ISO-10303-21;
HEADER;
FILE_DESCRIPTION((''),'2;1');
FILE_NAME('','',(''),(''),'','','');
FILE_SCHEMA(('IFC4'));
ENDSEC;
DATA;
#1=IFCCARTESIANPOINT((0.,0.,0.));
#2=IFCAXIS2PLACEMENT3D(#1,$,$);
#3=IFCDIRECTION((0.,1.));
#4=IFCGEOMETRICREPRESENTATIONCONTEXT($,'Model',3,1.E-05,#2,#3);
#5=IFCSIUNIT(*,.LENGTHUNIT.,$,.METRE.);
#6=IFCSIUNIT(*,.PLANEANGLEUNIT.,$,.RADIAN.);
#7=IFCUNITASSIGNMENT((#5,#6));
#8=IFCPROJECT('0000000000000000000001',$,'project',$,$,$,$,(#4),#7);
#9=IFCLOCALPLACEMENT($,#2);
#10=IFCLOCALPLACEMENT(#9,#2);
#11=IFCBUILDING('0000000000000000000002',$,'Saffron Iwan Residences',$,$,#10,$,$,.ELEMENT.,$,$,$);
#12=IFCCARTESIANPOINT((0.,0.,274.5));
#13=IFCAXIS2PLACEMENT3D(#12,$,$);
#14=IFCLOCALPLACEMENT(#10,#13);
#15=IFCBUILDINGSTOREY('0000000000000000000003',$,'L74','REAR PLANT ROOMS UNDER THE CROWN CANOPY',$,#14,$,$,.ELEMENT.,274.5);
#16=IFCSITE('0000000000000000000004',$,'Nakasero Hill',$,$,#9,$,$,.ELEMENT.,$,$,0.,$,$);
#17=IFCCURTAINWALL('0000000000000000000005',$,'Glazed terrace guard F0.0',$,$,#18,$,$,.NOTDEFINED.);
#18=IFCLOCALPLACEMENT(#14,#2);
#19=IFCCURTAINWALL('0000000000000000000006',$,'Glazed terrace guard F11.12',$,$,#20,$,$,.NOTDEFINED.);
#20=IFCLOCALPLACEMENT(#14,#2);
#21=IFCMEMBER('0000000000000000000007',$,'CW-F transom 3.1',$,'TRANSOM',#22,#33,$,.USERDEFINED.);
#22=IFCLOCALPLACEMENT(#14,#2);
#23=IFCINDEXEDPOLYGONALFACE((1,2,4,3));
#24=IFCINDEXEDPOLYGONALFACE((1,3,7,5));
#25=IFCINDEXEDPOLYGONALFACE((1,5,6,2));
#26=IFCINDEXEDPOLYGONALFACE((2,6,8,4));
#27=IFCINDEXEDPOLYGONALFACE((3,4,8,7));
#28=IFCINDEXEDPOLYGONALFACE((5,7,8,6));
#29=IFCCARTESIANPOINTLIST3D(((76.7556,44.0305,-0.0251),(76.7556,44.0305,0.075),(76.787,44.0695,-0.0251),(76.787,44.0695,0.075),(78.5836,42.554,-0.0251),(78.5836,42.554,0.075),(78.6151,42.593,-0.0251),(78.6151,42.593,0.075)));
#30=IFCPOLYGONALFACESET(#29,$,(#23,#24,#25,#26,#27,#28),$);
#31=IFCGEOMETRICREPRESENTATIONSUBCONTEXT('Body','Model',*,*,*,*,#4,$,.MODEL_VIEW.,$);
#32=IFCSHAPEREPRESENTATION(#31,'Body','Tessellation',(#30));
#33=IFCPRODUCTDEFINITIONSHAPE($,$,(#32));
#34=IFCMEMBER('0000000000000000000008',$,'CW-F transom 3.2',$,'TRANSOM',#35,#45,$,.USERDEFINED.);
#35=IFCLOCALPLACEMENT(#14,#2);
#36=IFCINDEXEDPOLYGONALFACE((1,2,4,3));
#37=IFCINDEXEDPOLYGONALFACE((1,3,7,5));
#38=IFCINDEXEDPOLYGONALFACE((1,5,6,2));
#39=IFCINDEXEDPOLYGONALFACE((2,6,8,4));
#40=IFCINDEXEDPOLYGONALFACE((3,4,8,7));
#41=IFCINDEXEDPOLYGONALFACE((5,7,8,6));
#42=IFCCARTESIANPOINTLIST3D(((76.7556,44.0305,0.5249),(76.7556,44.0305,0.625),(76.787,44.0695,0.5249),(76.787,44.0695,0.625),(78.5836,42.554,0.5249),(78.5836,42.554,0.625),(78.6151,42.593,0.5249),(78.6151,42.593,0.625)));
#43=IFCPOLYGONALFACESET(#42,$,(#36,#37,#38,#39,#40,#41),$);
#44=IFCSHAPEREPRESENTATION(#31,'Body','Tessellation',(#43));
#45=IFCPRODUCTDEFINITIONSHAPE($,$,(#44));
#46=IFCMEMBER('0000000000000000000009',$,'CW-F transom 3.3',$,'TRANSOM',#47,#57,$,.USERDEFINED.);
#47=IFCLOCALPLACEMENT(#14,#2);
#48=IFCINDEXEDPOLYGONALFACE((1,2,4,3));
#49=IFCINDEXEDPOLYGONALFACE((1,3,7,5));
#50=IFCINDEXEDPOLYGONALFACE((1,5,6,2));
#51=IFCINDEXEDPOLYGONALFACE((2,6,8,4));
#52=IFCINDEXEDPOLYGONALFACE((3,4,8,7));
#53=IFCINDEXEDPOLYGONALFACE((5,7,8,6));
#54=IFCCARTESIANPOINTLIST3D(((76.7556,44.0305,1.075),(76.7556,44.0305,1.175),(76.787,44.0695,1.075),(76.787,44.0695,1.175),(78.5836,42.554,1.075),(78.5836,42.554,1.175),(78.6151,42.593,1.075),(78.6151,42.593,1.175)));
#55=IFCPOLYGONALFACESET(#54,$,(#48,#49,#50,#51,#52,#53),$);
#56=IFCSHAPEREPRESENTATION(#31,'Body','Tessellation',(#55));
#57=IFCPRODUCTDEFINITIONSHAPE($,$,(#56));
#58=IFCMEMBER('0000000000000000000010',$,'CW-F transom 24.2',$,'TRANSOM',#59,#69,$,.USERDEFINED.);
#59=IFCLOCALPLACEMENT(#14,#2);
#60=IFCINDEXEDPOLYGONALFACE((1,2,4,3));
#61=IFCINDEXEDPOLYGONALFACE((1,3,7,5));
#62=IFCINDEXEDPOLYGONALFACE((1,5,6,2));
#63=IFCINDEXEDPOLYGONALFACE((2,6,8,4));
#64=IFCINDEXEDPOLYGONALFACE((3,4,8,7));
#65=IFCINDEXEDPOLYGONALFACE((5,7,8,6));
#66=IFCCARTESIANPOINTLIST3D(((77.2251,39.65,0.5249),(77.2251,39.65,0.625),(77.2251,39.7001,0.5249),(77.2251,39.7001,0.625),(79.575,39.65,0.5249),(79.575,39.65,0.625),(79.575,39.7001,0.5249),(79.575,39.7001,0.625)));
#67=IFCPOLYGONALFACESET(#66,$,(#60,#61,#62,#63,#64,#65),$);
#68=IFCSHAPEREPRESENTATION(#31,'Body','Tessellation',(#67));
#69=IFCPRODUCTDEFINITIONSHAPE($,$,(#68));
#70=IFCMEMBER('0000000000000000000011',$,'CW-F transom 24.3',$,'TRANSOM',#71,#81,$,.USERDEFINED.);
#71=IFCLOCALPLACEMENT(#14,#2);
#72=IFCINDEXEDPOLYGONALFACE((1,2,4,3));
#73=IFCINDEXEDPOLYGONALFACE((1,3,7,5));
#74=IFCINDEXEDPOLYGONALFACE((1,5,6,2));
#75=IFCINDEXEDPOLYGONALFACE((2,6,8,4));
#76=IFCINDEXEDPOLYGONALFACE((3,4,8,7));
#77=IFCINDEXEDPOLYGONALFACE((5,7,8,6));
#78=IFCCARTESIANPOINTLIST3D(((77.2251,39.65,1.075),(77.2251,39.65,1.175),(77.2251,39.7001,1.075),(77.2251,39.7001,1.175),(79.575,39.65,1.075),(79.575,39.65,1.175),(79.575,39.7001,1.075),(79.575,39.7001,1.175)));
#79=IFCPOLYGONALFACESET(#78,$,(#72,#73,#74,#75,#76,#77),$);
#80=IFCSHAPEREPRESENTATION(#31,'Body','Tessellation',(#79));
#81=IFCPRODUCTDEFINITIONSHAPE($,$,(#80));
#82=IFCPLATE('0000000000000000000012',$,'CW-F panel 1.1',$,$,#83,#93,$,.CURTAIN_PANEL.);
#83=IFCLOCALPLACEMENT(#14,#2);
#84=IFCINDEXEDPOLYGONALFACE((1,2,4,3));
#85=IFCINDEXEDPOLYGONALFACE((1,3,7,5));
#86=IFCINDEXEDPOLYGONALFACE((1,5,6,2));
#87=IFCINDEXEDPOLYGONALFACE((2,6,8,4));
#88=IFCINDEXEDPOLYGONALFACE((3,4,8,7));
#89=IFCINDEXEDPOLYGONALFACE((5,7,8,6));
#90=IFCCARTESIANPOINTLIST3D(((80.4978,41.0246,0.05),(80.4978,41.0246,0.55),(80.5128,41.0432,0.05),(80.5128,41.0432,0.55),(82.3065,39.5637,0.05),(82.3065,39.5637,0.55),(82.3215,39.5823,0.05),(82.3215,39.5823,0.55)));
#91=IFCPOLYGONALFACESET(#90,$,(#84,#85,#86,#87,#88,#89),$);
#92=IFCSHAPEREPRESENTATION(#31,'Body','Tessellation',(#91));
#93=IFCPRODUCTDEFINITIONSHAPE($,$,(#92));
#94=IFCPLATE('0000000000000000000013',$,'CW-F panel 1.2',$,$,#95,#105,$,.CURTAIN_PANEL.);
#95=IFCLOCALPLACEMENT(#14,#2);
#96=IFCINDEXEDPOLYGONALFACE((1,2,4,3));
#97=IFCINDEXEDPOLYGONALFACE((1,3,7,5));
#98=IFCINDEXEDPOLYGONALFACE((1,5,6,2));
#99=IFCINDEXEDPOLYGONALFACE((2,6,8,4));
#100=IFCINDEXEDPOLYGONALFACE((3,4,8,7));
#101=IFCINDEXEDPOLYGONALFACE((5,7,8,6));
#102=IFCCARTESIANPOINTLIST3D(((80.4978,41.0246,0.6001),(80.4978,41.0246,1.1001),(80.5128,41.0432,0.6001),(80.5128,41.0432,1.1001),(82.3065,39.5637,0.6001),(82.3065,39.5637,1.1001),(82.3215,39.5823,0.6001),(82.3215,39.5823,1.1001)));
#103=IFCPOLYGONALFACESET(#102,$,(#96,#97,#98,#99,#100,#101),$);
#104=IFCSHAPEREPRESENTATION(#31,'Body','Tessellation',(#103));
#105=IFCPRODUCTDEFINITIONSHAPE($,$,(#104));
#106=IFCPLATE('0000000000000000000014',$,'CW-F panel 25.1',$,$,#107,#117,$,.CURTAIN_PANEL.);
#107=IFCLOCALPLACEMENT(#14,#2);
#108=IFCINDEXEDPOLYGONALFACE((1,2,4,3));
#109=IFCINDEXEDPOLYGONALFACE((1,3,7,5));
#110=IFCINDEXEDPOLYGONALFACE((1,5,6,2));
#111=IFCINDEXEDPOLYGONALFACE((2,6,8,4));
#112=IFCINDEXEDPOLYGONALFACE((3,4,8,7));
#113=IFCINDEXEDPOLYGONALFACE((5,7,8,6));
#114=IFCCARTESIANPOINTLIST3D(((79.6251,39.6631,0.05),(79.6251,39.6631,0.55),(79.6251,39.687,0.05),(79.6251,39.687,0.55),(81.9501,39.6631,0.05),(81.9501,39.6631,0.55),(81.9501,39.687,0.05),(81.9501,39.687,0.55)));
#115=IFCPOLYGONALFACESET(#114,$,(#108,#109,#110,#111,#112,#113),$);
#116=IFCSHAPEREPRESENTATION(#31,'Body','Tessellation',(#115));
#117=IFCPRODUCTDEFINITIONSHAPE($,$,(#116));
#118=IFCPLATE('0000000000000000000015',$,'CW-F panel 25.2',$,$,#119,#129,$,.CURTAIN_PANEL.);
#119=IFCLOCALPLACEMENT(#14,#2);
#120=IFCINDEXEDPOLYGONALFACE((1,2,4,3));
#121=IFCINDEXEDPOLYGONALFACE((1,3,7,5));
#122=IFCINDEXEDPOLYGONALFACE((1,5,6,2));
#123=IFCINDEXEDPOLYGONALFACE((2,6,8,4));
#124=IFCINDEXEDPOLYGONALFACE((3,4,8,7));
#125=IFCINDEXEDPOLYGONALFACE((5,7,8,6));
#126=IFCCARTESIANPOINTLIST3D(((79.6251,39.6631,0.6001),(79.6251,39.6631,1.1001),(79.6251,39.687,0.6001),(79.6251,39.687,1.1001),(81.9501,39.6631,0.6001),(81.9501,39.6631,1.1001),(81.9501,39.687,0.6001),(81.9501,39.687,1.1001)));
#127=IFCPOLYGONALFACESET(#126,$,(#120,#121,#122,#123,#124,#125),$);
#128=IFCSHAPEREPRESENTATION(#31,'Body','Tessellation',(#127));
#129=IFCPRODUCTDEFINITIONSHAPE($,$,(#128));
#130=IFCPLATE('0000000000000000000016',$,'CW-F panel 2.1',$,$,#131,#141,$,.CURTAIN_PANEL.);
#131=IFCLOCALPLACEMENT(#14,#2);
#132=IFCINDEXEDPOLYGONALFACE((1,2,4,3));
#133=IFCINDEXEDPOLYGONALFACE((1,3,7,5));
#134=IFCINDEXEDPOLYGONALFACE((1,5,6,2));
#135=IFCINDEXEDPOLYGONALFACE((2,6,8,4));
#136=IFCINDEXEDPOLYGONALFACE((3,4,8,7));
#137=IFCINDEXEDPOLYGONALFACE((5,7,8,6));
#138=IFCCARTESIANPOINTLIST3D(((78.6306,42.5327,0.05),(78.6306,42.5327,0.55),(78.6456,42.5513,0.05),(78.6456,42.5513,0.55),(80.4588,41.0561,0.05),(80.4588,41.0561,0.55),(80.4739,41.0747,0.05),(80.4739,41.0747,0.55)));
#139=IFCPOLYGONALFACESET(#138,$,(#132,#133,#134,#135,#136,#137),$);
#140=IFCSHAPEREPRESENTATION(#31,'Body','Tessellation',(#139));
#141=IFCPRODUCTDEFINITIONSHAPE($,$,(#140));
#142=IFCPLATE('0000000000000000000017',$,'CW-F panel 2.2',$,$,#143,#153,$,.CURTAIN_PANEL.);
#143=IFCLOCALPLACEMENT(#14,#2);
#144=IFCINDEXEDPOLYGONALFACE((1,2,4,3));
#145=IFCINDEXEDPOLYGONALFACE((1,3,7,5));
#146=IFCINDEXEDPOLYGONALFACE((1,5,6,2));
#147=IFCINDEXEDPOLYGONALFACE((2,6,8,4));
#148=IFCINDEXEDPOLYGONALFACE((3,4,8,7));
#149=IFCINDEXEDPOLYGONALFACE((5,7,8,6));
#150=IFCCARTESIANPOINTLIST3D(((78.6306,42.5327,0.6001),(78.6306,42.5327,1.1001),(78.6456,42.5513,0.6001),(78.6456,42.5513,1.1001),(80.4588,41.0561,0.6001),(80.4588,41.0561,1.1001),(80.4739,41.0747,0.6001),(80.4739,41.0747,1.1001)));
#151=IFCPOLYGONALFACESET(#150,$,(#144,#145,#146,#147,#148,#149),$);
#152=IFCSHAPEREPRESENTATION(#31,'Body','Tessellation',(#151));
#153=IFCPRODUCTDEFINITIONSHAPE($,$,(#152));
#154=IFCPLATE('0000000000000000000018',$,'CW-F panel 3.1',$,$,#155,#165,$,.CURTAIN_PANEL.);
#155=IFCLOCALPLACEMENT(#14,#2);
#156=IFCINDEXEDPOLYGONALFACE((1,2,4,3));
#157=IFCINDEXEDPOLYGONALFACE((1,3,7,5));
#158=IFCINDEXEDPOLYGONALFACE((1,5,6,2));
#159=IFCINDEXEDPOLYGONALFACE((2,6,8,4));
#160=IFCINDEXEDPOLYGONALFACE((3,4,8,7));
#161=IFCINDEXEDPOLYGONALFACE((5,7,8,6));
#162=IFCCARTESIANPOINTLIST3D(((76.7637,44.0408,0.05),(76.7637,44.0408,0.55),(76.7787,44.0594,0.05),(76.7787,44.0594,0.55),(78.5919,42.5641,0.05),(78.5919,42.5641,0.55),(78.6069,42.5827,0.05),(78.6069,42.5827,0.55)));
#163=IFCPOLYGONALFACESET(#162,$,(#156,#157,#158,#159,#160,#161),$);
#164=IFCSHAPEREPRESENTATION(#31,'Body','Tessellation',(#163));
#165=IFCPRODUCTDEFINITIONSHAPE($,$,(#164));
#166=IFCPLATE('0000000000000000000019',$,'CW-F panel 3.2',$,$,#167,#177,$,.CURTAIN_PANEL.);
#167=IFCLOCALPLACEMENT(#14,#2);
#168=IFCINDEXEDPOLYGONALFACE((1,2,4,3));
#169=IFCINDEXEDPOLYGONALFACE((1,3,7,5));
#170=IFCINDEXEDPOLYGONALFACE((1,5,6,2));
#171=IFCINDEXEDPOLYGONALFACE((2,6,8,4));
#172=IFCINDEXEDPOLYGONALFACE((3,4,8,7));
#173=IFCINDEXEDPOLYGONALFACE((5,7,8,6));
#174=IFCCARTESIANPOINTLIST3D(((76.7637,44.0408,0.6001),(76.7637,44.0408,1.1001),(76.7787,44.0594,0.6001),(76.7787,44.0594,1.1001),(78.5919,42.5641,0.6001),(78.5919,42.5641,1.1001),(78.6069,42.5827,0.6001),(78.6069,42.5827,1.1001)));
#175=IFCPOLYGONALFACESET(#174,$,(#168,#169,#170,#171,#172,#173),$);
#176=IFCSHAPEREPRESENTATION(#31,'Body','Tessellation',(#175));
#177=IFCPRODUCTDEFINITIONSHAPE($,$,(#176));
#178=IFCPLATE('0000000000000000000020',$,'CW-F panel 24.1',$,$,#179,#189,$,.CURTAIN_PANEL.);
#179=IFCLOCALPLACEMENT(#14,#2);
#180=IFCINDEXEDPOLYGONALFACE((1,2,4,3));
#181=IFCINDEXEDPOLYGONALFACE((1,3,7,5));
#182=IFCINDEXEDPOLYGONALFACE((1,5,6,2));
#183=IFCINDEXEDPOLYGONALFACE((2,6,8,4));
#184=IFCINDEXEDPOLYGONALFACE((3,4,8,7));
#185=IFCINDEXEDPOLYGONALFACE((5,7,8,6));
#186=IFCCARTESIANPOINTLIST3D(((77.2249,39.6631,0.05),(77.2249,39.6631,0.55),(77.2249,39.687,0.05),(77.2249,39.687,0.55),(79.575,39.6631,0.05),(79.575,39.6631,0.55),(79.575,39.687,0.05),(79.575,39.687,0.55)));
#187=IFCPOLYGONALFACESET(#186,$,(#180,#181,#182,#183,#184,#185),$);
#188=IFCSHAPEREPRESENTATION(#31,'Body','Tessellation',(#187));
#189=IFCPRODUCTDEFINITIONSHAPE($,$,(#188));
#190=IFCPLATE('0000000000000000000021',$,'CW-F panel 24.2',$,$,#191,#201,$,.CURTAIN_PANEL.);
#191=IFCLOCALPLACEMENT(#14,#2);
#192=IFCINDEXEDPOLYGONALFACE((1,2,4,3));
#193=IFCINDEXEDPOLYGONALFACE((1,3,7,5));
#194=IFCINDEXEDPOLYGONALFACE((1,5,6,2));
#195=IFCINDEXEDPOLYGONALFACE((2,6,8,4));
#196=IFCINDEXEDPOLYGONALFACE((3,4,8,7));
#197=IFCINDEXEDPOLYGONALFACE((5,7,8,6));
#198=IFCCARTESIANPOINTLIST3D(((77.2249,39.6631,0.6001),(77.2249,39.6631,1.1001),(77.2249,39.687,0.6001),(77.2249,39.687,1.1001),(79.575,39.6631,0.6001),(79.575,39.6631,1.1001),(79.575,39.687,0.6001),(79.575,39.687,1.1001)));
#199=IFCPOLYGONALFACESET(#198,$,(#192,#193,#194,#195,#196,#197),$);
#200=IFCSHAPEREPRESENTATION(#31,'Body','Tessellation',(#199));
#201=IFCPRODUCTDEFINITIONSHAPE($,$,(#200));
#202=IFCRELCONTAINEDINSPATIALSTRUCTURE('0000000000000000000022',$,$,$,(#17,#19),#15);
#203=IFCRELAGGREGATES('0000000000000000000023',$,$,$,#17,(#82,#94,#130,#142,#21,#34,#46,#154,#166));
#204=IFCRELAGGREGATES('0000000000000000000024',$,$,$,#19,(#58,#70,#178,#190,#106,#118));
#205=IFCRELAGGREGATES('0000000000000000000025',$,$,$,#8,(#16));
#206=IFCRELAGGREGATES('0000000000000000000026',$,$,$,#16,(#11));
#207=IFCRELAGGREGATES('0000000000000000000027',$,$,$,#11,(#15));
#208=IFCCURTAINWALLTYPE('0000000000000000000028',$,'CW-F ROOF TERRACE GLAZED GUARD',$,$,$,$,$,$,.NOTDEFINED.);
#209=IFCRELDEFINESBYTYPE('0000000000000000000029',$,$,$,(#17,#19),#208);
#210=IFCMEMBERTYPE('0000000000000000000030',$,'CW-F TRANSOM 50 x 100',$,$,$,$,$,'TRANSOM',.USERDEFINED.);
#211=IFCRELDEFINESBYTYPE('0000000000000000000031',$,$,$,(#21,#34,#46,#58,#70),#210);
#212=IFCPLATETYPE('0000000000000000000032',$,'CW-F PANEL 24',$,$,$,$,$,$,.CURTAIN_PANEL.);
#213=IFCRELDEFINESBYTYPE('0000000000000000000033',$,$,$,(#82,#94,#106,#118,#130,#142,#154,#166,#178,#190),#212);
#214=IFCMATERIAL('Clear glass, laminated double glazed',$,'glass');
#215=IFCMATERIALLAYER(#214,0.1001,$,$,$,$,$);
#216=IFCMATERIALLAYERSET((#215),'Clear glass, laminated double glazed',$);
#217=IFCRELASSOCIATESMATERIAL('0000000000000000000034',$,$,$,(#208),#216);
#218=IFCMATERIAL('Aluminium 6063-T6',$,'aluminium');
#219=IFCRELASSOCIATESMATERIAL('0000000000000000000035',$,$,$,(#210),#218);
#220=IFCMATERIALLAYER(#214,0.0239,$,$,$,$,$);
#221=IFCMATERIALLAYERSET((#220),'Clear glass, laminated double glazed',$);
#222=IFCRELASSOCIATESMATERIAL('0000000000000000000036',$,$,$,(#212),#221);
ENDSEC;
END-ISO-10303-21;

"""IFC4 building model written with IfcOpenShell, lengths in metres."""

from ifc_helpers import new_model, si_unit, direction, frame, origin, origin_2d, place, context, subcontext, project, spatial, rectangle, extrude, source, transform, mapped, material, layer, layer_set, material_profile, profile_set, type_object, element, aggregate, save


model = new_model("IFC4")

# Units and contexts
model_context = context("Model", 3, precision=1e-05, world=origin(), true_north=direction((0.0, 1.0)))
body_context = subcontext(model_context, "Body", "Model", "MODEL_VIEW")
ifc_project = project(units=[si_unit("LENGTHUNIT", "METRE"), si_unit("PLANEANGLEUNIT", "RADIAN")], contexts=[model_context])

# Site, building, storey
site_placement = place(None, origin())
site = spatial("IfcSite", under=ifc_project, at=site_placement, Name="Nakasero Hill", CompositionType="ELEMENT", RefElevation=0.0)
building_placement = place(site_placement, origin())
building = spatial("IfcBuilding", under=site, at=building_placement, Name="Saffron Iwan Residences", CompositionType="ELEMENT")
storey_placement = place(building_placement, frame((0.0, 0.0, 274.5)))
storey = spatial("IfcBuildingStorey", under=building, at=storey_placement, Name="L74", Description="REAR PLANT ROOMS UNDER THE CROWN CANOPY", CompositionType="ELEMENT", Elevation=274.5)

# Curtain walls
ifc_material_1 = material(Name="Clear glass, laminated double glazed", Category="glass")
ifc_layer_1 = layer(ifc_material_1, 0.1001)
ifc_layer_set_1 = layer_set([ifc_layer_1], Name="Clear glass, laminated double glazed")
curtain_wall_type = type_object("IfcCurtainWallType", Name="CW-F ROOF TERRACE GLAZED GUARD", PredefinedType="NOTDEFINED", material=ifc_layer_set_1)
curtain_wall_1_placement = place(storey_placement, origin())
curtain_wall_1 = element("IfcCurtainWall", 1, at=curtain_wall_1_placement, inside=storey, type_object=curtain_wall_type, Name="Glazed terrace guard F0.0", PredefinedType="NOTDEFINED")
ifc_material_2 = material(Name="Aluminium 6063-T6", Category="aluminium")
curtain_wall_2_placement = place(storey_placement, origin())
curtain_wall_2 = element("IfcCurtainWall", 2, at=curtain_wall_2_placement, inside=storey, type_object=curtain_wall_type, Name="Glazed terrace guard F11.12", PredefinedType="NOTDEFINED")

# Members
ifc_material_profile_1 = material_profile(ifc_material_2, rectangle(XDim=0.05, YDim=0.1001, at=origin_2d()), Name="CW-F TRANSOM 50 x 100")
ifc_profile_set_1 = profile_set([ifc_material_profile_1], Name="Aluminium 6063-T6")
member_type_1 = type_object("IfcMemberType", Name="CW-F TRANSOM 50 x 100", ElementType="TRANSOM", PredefinedType="USERDEFINED", material=ifc_profile_set_1)
shared_shape_1 = source(origin(), body_context, "Body", "SweptSolid", [
    extrude(rectangle(XDim=0.05, YDim=0.1001, at=origin_2d()), origin(), (0.0, 0.0, 1.0), 2.3499),
])
member_1_placement = place(storey_placement, frame((78.5994, 42.5735, 0.0249), z_axis=(-0.777941, 0.628337, 0.0), x_axis=(-0.628337, -0.777941, 0.0)))
member_1 = element("IfcMember", 3, at=member_1_placement, type_object=member_type_1, Name="CW-F transom 3.1", ObjectType="TRANSOM", PredefinedType="USERDEFINED", context=body_context, shape_type="MappedRepresentation", body=[
    mapped(shared_shape_1, transform((0.0, 0.0, 0.0))),
])
member_2_placement = place(storey_placement, frame((78.5994, 42.5735, 0.575), z_axis=(-0.777941, 0.628337, 0.0), x_axis=(-0.628337, -0.777941, 0.0)))
member_2 = element("IfcMember", 4, at=member_2_placement, type_object=member_type_1, Name="CW-F transom 3.2", ObjectType="TRANSOM", PredefinedType="USERDEFINED", context=body_context, shape_type="MappedRepresentation", body=[
    mapped(shared_shape_1, transform((0.0, 0.0, 0.0))),
])
member_3_placement = place(storey_placement, frame((78.5994, 42.5735, 1.125), z_axis=(-0.777941, 0.628337, 0.0), x_axis=(-0.628337, -0.777941, 0.0)))
member_3 = element("IfcMember", 5, at=member_3_placement, type_object=member_type_1, Name="CW-F transom 3.3", ObjectType="TRANSOM", PredefinedType="USERDEFINED", context=body_context, shape_type="MappedRepresentation", body=[
    mapped(shared_shape_1, transform((0.0, 0.0, 0.0))),
])
member_4_placement = place(storey_placement, frame((77.2251, 39.675, 0.575), z_axis=(1.0, 0.0, 0.0), x_axis=(0.0, 1.0, 0.0)))
member_4 = element("IfcMember", 6, at=member_4_placement, type_object=member_type_1, Name="CW-F transom 24.2", ObjectType="TRANSOM", PredefinedType="USERDEFINED", context=body_context, shape_type="MappedRepresentation", body=[
    mapped(shared_shape_1, transform((0.0, 0.0, 0.0))),
])
member_5_placement = place(storey_placement, frame((77.2251, 39.675, 1.125), z_axis=(1.0, 0.0, 0.0), x_axis=(0.0, 1.0, 0.0)))
member_5 = element("IfcMember", 7, at=member_5_placement, type_object=member_type_1, Name="CW-F transom 24.3", ObjectType="TRANSOM", PredefinedType="USERDEFINED", context=body_context, shape_type="MappedRepresentation", body=[
    mapped(shared_shape_1, transform((0.0, 0.0, 0.0))),
])

# Plates
ifc_layer_2 = layer(ifc_material_1, 0.0239)
ifc_layer_set_2 = layer_set([ifc_layer_2], Name="Clear glass, laminated double glazed")
plate_type = type_object("IfcPlateType", Name="CW-F PANEL 24", PredefinedType="CURTAIN_PANEL", material=ifc_layer_set_2)
shared_shape_2 = source(origin(), body_context, "Body", "SweptSolid", [
    extrude(rectangle(XDim=2.325, YDim=0.0239, at=origin_2d()), origin(), (0.0, 0.0, 1.0), 0.5),
])
plate_1_placement = place(storey_placement, frame((81.4097, 40.3035, 0.05), z_axis=(0.0, 0.0, 1.0), x_axis=(-0.777941, 0.628337, 0.0)))
plate_1 = element("IfcPlate", 8, at=plate_1_placement, type_object=plate_type, Name="CW-F panel 1.1", PredefinedType="CURTAIN_PANEL", context=body_context, shape_type="MappedRepresentation", body=[
    mapped(shared_shape_2, transform((0.0, 0.0, 0.0))),
])
plate_2_placement = place(storey_placement, frame((81.4097, 40.3035, 0.6001), z_axis=(0.0, 0.0, 1.0), x_axis=(-0.777941, 0.628337, 0.0)))
plate_2 = element("IfcPlate", 9, at=plate_2_placement, type_object=plate_type, Name="CW-F panel 1.2", PredefinedType="CURTAIN_PANEL", context=body_context, shape_type="MappedRepresentation", body=[
    mapped(shared_shape_2, transform((0.0, 0.0, 0.0))),
])
plate_3_placement = place(storey_placement, frame((80.7876, 39.675, 0.05), z_axis=(0.0, 0.0, 1.0), x_axis=(1.0, 0.0, 0.0)))
plate_3 = element("IfcPlate", 10, at=plate_3_placement, type_object=plate_type, Name="CW-F panel 25.1", PredefinedType="CURTAIN_PANEL", context=body_context, shape_type="MappedRepresentation", body=[
    mapped(shared_shape_2, transform((0.0, 0.0, 0.0))),
])
plate_4_placement = place(storey_placement, frame((80.7876, 39.675, 0.6001), z_axis=(0.0, 0.0, 1.0), x_axis=(1.0, 0.0, 0.0)))
plate_4 = element("IfcPlate", 11, at=plate_4_placement, type_object=plate_type, Name="CW-F panel 25.2", PredefinedType="CURTAIN_PANEL", context=body_context, shape_type="MappedRepresentation", body=[
    mapped(shared_shape_2, transform((0.0, 0.0, 0.0))),
])
shared_shape_3 = source(origin(), body_context, "Body", "SweptSolid", [
    extrude(rectangle(XDim=2.3501, YDim=0.0239, at=origin_2d()), origin(), (0.0, 0.0, 1.0), 0.5),
])
plate_5_placement = place(storey_placement, frame((79.5522, 41.8037, 0.05), z_axis=(0.0, 0.0, 1.0), x_axis=(-0.777941, 0.628337, 0.0)))
plate_5 = element("IfcPlate", 12, at=plate_5_placement, type_object=plate_type, Name="CW-F panel 2.1", PredefinedType="CURTAIN_PANEL", context=body_context, shape_type="MappedRepresentation", body=[
    mapped(shared_shape_3, transform((0.0, 0.0, 0.0))),
])
plate_6_placement = place(storey_placement, frame((79.5522, 41.8037, 0.6001), z_axis=(0.0, 0.0, 1.0), x_axis=(-0.777941, 0.628337, 0.0)))
plate_6 = element("IfcPlate", 13, at=plate_6_placement, type_object=plate_type, Name="CW-F panel 2.2", PredefinedType="CURTAIN_PANEL", context=body_context, shape_type="MappedRepresentation", body=[
    mapped(shared_shape_3, transform((0.0, 0.0, 0.0))),
])
plate_7_placement = place(storey_placement, frame((77.6853, 43.3118, 0.05), z_axis=(0.0, 0.0, 1.0), x_axis=(-0.777941, 0.628337, 0.0)))
plate_7 = element("IfcPlate", 14, at=plate_7_placement, type_object=plate_type, Name="CW-F panel 3.1", PredefinedType="CURTAIN_PANEL", context=body_context, shape_type="MappedRepresentation", body=[
    mapped(shared_shape_3, transform((0.0, 0.0, 0.0))),
])
plate_8_placement = place(storey_placement, frame((77.6853, 43.3118, 0.6001), z_axis=(0.0, 0.0, 1.0), x_axis=(-0.777941, 0.628337, 0.0)))
plate_8 = element("IfcPlate", 15, at=plate_8_placement, type_object=plate_type, Name="CW-F panel 3.2", PredefinedType="CURTAIN_PANEL", context=body_context, shape_type="MappedRepresentation", body=[
    mapped(shared_shape_3, transform((0.0, 0.0, 0.0))),
])
aggregate(curtain_wall_1, [plate_1, plate_2, plate_5, plate_6, member_1, member_2, member_3, plate_7, plate_8])
plate_9_placement = place(storey_placement, frame((78.3999, 39.675, 0.05), z_axis=(0.0, 0.0, 1.0), x_axis=(1.0, 0.0, 0.0)))
plate_9 = element("IfcPlate", 16, at=plate_9_placement, type_object=plate_type, Name="CW-F panel 24.1", PredefinedType="CURTAIN_PANEL", context=body_context, shape_type="MappedRepresentation", body=[
    mapped(shared_shape_3, transform((0.0, 0.0, 0.0))),
])
plate_10_placement = place(storey_placement, frame((78.3999, 39.675, 0.6001), z_axis=(0.0, 0.0, 1.0), x_axis=(1.0, 0.0, 0.0)))
plate_10 = element("IfcPlate", 17, at=plate_10_placement, type_object=plate_type, Name="CW-F panel 24.2", PredefinedType="CURTAIN_PANEL", context=body_context, shape_type="MappedRepresentation", body=[
    mapped(shared_shape_3, transform((0.0, 0.0, 0.0))),
])
aggregate(curtain_wall_2, [member_4, member_5, plate_9, plate_10, plate_3, plate_4])

save(model, "model.ifc")
